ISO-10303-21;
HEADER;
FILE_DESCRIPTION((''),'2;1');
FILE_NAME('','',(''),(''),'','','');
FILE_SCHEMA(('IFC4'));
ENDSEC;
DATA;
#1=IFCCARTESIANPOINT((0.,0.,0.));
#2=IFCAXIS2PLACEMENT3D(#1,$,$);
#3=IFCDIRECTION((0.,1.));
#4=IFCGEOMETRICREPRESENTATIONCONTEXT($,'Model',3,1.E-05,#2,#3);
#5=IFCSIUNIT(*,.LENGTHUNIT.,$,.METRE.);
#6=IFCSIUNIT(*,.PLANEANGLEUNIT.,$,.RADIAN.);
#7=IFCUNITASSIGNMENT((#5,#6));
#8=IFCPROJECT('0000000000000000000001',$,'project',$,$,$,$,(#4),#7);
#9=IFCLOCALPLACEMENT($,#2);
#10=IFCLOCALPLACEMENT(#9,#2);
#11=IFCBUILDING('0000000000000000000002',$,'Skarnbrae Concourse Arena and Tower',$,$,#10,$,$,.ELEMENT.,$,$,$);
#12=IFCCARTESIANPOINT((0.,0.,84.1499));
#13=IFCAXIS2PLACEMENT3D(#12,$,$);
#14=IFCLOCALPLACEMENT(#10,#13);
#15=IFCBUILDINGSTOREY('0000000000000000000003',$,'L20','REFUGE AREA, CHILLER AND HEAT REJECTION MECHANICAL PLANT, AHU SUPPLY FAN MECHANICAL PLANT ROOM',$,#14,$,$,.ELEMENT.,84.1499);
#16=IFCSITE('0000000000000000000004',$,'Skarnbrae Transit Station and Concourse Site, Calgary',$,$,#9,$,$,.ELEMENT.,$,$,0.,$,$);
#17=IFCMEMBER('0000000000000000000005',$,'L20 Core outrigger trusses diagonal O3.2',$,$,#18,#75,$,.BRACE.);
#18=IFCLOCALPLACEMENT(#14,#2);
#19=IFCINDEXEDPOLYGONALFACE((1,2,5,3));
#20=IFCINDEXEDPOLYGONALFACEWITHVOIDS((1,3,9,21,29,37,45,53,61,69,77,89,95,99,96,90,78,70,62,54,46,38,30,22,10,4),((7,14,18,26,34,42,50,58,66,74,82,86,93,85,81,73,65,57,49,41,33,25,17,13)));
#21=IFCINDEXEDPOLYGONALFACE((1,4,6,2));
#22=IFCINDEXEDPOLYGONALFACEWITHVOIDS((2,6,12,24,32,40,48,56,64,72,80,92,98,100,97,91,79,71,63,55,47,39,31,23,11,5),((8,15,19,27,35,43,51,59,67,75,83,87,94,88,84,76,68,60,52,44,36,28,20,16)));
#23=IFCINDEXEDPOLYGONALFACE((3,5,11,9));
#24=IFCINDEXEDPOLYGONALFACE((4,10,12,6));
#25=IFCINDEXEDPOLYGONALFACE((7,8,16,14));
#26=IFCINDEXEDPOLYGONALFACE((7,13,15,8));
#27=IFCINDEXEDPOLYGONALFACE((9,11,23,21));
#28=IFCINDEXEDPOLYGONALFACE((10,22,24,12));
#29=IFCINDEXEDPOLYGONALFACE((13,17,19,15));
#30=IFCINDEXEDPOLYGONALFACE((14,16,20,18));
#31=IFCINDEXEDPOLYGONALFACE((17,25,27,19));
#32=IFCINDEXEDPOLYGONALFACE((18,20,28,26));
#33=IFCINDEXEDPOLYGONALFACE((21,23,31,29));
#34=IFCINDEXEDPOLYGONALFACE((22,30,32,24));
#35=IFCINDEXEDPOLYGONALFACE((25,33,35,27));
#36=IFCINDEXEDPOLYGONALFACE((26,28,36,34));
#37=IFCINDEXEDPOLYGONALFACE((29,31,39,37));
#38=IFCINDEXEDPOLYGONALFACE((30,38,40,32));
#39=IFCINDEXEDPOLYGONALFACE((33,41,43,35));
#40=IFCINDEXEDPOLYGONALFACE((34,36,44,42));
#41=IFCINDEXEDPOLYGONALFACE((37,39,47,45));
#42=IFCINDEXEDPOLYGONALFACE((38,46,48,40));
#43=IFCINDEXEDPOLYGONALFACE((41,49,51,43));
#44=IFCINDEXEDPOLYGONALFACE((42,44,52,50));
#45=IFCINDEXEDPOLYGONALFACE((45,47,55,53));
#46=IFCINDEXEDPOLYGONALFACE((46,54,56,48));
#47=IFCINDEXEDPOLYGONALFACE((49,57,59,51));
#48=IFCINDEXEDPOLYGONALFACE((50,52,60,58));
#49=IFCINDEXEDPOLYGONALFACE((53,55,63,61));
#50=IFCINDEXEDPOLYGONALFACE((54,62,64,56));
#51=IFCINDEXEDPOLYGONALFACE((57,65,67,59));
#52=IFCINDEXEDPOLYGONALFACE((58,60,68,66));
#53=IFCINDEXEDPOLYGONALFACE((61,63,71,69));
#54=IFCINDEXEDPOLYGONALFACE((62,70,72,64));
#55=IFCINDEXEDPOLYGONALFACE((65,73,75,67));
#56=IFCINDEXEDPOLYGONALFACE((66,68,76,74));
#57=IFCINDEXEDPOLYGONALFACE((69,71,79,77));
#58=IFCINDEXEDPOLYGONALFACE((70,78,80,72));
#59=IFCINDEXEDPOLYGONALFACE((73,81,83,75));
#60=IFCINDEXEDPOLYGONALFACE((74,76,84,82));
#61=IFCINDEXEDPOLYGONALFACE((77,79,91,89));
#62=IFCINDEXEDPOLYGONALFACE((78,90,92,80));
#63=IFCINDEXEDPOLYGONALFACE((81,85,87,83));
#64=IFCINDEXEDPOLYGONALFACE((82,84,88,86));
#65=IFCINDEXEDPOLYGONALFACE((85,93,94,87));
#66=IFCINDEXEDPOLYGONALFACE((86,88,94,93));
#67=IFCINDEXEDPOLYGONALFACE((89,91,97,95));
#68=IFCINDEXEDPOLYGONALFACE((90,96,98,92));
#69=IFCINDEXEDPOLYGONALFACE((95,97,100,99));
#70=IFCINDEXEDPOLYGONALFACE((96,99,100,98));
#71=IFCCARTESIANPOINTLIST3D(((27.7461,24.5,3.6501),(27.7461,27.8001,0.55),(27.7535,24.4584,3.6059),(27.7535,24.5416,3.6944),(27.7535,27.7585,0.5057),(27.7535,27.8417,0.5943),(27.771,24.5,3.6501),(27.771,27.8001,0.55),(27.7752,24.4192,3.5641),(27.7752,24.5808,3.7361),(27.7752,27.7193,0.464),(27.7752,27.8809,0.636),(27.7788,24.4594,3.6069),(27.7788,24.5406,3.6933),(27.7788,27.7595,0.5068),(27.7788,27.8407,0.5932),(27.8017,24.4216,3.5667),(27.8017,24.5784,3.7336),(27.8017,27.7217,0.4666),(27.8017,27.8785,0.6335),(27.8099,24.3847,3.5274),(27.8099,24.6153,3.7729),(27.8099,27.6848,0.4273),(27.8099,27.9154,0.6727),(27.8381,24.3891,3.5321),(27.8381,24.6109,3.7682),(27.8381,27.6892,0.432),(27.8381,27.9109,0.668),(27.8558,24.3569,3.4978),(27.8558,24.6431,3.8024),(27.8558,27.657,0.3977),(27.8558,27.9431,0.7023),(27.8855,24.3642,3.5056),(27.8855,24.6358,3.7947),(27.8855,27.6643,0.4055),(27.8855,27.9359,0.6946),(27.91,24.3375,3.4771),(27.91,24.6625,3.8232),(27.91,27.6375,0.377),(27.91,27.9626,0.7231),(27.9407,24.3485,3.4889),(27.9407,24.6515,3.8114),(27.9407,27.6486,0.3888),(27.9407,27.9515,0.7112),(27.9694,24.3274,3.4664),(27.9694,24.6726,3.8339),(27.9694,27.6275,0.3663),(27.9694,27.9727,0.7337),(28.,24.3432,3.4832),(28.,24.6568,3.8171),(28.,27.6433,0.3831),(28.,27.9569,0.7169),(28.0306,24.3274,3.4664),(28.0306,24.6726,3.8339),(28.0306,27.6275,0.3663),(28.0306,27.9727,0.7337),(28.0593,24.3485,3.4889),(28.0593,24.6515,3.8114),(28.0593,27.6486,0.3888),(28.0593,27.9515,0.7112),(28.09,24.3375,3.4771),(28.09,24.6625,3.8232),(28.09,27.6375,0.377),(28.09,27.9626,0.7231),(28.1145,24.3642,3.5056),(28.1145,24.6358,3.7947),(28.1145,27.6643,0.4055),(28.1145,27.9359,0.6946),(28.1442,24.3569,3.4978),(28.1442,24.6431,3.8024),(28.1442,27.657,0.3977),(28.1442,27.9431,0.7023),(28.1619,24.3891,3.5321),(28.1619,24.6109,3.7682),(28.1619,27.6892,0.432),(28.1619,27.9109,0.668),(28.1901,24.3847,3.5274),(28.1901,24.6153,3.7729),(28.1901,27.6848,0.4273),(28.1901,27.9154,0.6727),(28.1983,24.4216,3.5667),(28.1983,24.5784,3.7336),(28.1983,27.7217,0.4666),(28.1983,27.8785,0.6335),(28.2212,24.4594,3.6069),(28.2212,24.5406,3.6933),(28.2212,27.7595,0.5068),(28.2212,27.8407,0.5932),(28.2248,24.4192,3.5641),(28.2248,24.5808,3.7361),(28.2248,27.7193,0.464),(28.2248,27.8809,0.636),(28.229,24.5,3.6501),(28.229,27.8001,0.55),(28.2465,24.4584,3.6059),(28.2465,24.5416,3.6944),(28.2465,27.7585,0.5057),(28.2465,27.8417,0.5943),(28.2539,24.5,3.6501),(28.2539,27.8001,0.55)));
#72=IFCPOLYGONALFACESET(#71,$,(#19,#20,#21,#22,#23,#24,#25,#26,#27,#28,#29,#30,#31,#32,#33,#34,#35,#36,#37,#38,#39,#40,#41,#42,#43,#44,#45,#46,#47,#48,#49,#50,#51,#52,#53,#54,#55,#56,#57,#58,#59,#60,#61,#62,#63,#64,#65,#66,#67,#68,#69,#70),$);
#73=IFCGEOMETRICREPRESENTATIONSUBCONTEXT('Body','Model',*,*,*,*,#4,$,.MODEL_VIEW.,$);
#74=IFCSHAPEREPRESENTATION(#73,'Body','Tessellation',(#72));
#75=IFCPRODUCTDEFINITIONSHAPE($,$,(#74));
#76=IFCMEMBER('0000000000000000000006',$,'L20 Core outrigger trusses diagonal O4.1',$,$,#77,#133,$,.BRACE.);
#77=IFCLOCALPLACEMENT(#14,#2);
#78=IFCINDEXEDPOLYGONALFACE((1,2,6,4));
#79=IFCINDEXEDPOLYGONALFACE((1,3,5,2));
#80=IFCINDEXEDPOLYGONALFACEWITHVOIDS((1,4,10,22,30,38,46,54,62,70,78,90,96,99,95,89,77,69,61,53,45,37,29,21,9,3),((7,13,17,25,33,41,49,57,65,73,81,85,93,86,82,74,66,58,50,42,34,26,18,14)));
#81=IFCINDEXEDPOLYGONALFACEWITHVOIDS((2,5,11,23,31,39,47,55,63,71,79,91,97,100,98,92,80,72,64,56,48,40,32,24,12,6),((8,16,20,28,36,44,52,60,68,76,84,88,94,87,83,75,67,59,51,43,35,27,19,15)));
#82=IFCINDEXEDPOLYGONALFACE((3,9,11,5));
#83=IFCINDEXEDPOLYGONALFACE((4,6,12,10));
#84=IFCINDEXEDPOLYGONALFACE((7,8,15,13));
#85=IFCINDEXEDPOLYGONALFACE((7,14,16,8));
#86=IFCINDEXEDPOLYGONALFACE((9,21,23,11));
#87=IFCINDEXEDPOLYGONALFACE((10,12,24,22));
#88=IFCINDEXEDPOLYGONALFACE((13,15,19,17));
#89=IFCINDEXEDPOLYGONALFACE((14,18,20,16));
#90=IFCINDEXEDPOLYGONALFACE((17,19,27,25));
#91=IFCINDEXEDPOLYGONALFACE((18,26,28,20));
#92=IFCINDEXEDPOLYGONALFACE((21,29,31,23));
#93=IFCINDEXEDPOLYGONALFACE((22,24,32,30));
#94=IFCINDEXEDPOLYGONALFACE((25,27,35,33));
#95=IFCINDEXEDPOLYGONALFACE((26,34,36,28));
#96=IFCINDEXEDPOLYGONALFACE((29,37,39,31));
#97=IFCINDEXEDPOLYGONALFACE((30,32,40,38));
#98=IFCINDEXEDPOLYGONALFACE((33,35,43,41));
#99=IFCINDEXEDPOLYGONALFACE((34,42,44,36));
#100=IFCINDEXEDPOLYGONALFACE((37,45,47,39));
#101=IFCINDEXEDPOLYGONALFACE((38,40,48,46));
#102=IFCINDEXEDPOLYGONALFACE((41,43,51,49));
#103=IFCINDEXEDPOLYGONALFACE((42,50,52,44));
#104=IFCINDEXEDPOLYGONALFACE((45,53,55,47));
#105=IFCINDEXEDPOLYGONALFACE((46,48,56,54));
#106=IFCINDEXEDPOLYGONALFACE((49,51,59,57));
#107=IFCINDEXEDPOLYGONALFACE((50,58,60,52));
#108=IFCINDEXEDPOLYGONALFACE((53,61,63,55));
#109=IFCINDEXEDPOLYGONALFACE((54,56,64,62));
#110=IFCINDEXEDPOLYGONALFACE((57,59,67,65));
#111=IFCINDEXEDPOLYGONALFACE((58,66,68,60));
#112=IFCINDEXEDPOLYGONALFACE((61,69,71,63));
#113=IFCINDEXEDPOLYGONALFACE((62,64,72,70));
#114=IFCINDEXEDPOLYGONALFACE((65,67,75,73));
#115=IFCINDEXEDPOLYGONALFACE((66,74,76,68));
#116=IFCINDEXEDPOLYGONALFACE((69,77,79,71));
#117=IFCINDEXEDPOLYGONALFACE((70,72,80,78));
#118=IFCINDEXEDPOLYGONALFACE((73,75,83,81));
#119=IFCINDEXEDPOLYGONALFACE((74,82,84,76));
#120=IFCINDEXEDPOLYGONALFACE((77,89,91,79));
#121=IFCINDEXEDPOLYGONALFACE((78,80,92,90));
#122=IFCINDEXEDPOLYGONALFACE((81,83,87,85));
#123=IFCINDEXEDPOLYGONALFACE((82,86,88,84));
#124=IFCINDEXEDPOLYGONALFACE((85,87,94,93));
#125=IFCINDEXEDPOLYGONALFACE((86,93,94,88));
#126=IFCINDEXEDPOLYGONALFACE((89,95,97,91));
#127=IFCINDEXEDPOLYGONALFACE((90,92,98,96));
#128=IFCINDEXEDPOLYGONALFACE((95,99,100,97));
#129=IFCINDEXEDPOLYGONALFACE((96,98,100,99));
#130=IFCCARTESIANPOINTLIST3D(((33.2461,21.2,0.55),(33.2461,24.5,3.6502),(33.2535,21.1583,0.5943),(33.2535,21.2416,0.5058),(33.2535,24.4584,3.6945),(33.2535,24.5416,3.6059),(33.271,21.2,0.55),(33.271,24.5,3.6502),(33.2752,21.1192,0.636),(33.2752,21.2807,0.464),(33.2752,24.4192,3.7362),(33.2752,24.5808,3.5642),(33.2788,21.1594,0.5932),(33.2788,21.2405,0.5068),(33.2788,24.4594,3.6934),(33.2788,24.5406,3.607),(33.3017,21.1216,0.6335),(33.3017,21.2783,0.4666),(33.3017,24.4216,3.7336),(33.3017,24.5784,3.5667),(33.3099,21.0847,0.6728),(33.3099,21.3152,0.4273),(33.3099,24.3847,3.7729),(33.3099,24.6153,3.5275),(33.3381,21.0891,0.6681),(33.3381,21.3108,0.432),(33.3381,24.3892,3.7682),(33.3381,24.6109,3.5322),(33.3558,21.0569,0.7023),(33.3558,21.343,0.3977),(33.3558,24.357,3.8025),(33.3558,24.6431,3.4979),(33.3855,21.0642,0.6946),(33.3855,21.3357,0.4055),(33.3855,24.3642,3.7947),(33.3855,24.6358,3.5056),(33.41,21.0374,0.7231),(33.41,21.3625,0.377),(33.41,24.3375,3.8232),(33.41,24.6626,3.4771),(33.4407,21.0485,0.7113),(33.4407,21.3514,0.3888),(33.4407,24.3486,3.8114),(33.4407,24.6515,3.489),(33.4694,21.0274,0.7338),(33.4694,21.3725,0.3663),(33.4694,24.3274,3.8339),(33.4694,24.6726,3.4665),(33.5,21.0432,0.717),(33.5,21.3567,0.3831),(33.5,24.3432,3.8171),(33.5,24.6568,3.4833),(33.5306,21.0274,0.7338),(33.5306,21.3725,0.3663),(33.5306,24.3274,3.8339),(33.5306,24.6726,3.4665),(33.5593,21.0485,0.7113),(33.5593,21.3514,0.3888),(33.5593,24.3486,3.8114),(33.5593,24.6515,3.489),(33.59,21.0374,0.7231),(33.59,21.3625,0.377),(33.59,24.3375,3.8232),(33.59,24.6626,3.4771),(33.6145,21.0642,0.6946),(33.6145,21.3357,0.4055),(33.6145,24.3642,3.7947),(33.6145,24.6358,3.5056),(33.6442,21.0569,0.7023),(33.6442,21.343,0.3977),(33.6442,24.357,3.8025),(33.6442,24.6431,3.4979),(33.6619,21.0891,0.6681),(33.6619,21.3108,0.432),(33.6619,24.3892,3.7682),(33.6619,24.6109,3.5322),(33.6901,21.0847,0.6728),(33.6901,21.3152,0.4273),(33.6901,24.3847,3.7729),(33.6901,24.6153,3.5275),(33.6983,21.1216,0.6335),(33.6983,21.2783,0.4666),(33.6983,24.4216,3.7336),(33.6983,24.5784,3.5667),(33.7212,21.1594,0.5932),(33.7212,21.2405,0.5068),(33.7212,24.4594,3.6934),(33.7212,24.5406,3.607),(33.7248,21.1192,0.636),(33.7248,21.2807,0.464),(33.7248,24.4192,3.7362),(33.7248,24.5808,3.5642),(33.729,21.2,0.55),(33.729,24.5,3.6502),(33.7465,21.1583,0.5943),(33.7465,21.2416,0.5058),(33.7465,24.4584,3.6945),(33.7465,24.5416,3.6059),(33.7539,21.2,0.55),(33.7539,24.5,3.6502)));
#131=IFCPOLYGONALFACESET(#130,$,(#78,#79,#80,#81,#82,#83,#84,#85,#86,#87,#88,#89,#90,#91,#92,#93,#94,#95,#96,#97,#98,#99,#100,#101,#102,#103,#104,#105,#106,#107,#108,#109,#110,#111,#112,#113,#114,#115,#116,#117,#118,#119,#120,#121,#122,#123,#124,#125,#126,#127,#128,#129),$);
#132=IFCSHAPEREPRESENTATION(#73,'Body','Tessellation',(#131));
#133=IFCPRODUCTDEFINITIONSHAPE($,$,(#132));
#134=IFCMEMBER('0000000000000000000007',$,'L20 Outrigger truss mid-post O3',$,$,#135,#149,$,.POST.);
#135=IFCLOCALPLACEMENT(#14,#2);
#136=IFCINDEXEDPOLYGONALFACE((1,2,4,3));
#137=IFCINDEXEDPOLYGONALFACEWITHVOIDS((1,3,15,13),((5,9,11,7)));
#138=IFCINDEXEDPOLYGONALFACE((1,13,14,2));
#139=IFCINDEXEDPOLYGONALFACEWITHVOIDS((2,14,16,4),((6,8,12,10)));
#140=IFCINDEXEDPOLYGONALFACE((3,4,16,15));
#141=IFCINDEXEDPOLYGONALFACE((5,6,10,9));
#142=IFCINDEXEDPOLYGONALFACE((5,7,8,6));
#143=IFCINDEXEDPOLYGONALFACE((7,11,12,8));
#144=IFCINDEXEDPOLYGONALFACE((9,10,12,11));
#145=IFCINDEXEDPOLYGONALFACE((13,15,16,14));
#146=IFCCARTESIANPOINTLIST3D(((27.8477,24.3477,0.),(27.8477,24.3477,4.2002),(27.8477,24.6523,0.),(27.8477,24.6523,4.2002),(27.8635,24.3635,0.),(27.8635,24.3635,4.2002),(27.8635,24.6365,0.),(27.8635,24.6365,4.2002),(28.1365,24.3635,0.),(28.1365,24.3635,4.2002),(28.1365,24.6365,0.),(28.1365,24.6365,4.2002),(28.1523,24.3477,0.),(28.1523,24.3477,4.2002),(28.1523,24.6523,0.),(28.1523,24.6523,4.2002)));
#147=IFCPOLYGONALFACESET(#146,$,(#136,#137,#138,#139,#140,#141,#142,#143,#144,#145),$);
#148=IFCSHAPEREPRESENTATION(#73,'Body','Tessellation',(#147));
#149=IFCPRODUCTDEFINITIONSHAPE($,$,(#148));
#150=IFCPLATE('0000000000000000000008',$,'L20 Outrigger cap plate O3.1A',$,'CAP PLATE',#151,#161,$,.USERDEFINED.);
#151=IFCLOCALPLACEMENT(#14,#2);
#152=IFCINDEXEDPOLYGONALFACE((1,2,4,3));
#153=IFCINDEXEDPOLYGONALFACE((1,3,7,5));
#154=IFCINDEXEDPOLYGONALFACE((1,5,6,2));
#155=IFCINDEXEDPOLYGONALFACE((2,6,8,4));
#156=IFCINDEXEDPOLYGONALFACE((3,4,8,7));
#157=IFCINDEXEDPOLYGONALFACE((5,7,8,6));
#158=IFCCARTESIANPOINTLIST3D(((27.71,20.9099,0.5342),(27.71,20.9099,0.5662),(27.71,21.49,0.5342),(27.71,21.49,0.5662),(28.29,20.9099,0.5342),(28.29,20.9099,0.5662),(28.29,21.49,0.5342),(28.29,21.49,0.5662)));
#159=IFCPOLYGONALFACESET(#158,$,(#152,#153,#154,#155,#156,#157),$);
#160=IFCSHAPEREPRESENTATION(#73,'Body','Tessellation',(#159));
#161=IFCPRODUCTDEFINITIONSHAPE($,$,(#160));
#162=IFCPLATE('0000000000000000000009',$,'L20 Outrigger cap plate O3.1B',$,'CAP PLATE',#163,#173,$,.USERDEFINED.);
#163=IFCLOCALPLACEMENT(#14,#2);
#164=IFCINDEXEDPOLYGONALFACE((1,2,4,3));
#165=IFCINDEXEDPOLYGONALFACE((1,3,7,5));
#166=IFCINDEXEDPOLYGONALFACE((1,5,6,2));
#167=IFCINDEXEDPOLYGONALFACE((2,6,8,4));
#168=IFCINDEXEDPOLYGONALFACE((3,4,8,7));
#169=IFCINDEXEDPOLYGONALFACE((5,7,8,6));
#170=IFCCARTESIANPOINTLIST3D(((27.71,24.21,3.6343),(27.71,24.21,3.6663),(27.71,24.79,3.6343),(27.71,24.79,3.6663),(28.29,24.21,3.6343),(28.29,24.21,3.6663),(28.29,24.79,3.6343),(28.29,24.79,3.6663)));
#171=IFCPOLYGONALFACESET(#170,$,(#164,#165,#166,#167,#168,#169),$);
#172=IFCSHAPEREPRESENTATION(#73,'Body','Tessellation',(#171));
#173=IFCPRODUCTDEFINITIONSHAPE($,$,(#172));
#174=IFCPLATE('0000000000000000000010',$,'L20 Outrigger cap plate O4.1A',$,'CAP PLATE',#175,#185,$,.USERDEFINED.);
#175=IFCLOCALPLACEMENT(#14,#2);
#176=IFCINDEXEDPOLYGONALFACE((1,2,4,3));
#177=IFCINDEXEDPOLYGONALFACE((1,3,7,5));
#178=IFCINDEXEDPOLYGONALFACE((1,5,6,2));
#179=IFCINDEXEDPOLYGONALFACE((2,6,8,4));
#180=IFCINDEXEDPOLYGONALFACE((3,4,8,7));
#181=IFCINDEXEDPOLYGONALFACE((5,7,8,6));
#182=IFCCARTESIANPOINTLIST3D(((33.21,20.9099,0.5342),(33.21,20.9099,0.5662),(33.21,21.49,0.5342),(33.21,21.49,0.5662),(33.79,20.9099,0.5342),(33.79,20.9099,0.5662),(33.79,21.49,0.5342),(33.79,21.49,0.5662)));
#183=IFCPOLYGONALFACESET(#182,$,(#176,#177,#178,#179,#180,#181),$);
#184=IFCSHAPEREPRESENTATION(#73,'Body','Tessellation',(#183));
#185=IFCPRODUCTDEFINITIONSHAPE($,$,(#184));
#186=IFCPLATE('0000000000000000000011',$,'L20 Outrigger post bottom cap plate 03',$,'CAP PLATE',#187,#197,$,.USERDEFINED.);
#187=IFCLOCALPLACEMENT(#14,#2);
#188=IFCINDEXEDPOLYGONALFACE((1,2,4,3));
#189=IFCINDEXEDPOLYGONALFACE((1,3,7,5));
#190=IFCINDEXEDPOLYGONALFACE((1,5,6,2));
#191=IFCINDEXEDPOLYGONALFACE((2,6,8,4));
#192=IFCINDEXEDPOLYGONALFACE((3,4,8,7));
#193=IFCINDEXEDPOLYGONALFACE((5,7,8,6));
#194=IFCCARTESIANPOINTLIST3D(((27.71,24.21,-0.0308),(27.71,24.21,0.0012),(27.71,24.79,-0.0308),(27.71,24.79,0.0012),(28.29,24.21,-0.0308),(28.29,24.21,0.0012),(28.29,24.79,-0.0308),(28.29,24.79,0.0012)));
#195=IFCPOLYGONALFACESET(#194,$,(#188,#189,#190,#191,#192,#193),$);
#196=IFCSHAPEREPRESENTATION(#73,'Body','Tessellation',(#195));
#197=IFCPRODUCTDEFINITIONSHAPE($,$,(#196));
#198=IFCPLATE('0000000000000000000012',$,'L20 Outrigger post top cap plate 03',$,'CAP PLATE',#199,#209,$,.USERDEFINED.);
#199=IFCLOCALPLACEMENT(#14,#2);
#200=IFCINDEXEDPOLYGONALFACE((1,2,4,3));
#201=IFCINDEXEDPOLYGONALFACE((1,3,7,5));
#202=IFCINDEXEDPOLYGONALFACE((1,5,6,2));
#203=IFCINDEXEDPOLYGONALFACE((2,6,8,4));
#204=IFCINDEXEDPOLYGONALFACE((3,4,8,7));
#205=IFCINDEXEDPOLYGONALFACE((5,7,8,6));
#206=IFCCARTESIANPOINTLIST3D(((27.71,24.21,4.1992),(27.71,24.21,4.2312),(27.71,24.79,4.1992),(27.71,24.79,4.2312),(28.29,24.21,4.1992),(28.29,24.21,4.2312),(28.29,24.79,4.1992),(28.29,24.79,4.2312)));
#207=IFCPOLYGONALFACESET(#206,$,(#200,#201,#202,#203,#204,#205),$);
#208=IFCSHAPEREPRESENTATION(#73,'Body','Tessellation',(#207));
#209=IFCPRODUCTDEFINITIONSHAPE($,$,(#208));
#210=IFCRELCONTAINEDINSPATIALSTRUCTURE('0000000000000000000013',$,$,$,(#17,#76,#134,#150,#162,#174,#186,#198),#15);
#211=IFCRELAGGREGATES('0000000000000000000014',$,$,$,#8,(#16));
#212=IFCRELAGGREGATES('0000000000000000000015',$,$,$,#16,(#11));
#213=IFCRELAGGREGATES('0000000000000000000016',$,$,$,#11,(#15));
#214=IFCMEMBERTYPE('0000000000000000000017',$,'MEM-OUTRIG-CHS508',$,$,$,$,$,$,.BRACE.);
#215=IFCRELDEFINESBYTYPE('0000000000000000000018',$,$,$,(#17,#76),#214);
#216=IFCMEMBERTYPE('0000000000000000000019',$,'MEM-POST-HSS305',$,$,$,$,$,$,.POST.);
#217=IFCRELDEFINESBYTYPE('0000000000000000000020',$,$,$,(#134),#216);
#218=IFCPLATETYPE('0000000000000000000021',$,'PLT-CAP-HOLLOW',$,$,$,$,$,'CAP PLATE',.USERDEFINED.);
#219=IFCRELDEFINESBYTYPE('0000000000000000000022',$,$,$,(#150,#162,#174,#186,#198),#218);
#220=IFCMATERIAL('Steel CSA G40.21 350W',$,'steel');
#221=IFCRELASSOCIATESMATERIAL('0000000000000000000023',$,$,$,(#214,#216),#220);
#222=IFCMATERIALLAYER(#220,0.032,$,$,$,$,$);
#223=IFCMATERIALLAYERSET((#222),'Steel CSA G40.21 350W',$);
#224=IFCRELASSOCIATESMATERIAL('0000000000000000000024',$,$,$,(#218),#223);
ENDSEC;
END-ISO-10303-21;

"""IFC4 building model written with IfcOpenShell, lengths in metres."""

from ifc_helpers import new_model, si_unit, direction, frame, origin, origin_2d, place, context, subcontext, project, spatial, rectangle, hollow_rectangle, hollow_circle, extrude, source, transform, mapped, material, layer, layer_set, material_profile, profile_set, type_object, element, save


model = new_model("IFC4")

# Units and contexts
model_context = context("Model", 3, precision=1e-05, world=origin(), true_north=direction((0.0, 1.0)))
body_context = subcontext(model_context, "Body", "Model", "MODEL_VIEW")
ifc_project = project(units=[si_unit("LENGTHUNIT", "METRE"), si_unit("PLANEANGLEUNIT", "RADIAN")], contexts=[model_context])

# Site, building, storey
site_placement = place(None, origin())
site = spatial("IfcSite", under=ifc_project, at=site_placement, Name="Skarnbrae Transit Station and Concourse Site, Calgary", CompositionType="ELEMENT", RefElevation=0.0)
building_placement = place(site_placement, origin())
building = spatial("IfcBuilding", under=site, at=building_placement, Name="Skarnbrae Concourse Arena and Tower", CompositionType="ELEMENT")
storey_placement = place(building_placement, frame((0.0, 0.0, 84.1499)))
storey = spatial("IfcBuildingStorey", under=building, at=storey_placement, Name="L20", Description="REFUGE AREA, CHILLER AND HEAT REJECTION MECHANICAL PLANT, AHU SUPPLY FAN MECHANICAL PLANT ROOM", CompositionType="ELEMENT", Elevation=84.1499)

# Shared definitions
ifc_material_1 = material(Name="Steel CSA G40.21 350W", Category="steel")

# Members
ifc_material_profile_1 = material_profile(ifc_material_1, hollow_circle(Radius=0.2539, WallThickness=0.0249, at=origin_2d()), Name="HSS508X25.0")
ifc_profile_set_1 = profile_set([ifc_material_profile_1], Name="Steel CSA G40.21 350W")
member_type_1 = type_object("IfcMemberType", Name="MEM-OUTRIG-CHS508", PredefinedType="BRACE", material=ifc_profile_set_1)
shared_shape_1 = source(origin(), body_context, "Body", "SweptSolid", [
    extrude(hollow_circle(Radius=0.2539, WallThickness=0.0249, at=origin_2d()), origin(), (0.0, 0.0, 1.0), 4.5278),
])
for number, where, z_axis, x_axis, name in (
    (1, (28.0, 24.5, 3.6501), (0.0, 0.728842, -0.684682), (-1.0, 0.0, 0.0), "L20 Core outrigger trusses diagonal O3.2"),
    (2, (33.5, 21.2, 0.55), (0.0, 0.728842, 0.684682), (-1.0, 0.0, 0.0), "L20 Core outrigger trusses diagonal O4.1"),
):
    element("IfcMember", number, at=place(storey_placement, frame(where, z_axis=z_axis, x_axis=x_axis)), inside=storey, type_object=member_type_1, Name=name, PredefinedType="BRACE", context=body_context, shape_type="MappedRepresentation", body=[
        mapped(shared_shape_1, transform((0.0, 0.0, 0.0))),
    ])
ifc_material_profile_2 = material_profile(ifc_material_1, hollow_rectangle(XDim=0.3047, YDim=0.3047, WallThickness=0.0159, at=origin_2d()), Name="HSS305X305X15.9")
ifc_profile_set_2 = profile_set([ifc_material_profile_2], Name="Steel CSA G40.21 350W")
member_type_2 = type_object("IfcMemberType", Name="MEM-POST-HSS305", PredefinedType="POST", material=ifc_profile_set_2)
shared_shape_2 = source(origin(), body_context, "Body", "SweptSolid", [
    extrude(hollow_rectangle(XDim=0.3047, YDim=0.3047, WallThickness=0.0159, at=origin_2d()), origin(), (0.0, 0.0, 1.0), 4.2002),
])
member_placement = place(storey_placement, frame((28.0, 24.5, 0.0), z_axis=(0.0, 0.0, 1.0), x_axis=(1.0, 0.0, 0.0)))
element("IfcMember", 3, at=member_placement, inside=storey, type_object=member_type_2, Name="L20 Outrigger truss mid-post O3", PredefinedType="POST", context=body_context, shape_type="MappedRepresentation", body=[
    mapped(shared_shape_2, transform((0.0, 0.0, 0.0))),
])

# Plates
ifc_layer_1 = layer(ifc_material_1, 0.032)
ifc_layer_set_1 = layer_set([ifc_layer_1], Name="Steel CSA G40.21 350W")
plate_type_1 = type_object("IfcPlateType", Name="PLT-CAP-HOLLOW", ElementType="CAP PLATE", PredefinedType="USERDEFINED", material=ifc_layer_set_1)
shared_shape_3 = source(origin(), body_context, "Body", "SweptSolid", [
    extrude(rectangle(XDim=0.5801, YDim=0.5801, at=origin_2d()), origin(), (0.0, 0.0, 1.0), 0.032),
])
for number, where, z_axis, x_axis, name in (
    (4, (28.0, 21.2, 0.5342), (0.0, 0.0, 1.0), (1.0, 0.0, 0.0), "L20 Outrigger cap plate O3.1A"),
    (5, (28.0, 24.5, 3.6343), (0.0, 0.0, 1.0), (1.0, 0.0, 0.0), "L20 Outrigger cap plate O3.1B"),
    (6, (33.5, 21.2, 0.5342), (0.0, 0.0, 1.0), (1.0, 0.0, 0.0), "L20 Outrigger cap plate O4.1A"),
    (7, (28.0, 24.5, -0.0308), (0.0, 0.0, 1.0), (1.0, 0.0, 0.0), "L20 Outrigger post bottom cap plate 03"),
    (8, (28.0, 24.5, 4.1992), (0.0, 0.0, 1.0), (1.0, 0.0, 0.0), "L20 Outrigger post top cap plate 03"),
):
    element("IfcPlate", number, at=place(storey_placement, frame(where, z_axis=z_axis, x_axis=x_axis)), inside=storey, type_object=plate_type_1, Name=name, ObjectType="CAP PLATE", PredefinedType="USERDEFINED", context=body_context, shape_type="MappedRepresentation", body=[
        mapped(shared_shape_3, transform((0.0, 0.0, 0.0))),
    ])

save(model, "model.ifc")
